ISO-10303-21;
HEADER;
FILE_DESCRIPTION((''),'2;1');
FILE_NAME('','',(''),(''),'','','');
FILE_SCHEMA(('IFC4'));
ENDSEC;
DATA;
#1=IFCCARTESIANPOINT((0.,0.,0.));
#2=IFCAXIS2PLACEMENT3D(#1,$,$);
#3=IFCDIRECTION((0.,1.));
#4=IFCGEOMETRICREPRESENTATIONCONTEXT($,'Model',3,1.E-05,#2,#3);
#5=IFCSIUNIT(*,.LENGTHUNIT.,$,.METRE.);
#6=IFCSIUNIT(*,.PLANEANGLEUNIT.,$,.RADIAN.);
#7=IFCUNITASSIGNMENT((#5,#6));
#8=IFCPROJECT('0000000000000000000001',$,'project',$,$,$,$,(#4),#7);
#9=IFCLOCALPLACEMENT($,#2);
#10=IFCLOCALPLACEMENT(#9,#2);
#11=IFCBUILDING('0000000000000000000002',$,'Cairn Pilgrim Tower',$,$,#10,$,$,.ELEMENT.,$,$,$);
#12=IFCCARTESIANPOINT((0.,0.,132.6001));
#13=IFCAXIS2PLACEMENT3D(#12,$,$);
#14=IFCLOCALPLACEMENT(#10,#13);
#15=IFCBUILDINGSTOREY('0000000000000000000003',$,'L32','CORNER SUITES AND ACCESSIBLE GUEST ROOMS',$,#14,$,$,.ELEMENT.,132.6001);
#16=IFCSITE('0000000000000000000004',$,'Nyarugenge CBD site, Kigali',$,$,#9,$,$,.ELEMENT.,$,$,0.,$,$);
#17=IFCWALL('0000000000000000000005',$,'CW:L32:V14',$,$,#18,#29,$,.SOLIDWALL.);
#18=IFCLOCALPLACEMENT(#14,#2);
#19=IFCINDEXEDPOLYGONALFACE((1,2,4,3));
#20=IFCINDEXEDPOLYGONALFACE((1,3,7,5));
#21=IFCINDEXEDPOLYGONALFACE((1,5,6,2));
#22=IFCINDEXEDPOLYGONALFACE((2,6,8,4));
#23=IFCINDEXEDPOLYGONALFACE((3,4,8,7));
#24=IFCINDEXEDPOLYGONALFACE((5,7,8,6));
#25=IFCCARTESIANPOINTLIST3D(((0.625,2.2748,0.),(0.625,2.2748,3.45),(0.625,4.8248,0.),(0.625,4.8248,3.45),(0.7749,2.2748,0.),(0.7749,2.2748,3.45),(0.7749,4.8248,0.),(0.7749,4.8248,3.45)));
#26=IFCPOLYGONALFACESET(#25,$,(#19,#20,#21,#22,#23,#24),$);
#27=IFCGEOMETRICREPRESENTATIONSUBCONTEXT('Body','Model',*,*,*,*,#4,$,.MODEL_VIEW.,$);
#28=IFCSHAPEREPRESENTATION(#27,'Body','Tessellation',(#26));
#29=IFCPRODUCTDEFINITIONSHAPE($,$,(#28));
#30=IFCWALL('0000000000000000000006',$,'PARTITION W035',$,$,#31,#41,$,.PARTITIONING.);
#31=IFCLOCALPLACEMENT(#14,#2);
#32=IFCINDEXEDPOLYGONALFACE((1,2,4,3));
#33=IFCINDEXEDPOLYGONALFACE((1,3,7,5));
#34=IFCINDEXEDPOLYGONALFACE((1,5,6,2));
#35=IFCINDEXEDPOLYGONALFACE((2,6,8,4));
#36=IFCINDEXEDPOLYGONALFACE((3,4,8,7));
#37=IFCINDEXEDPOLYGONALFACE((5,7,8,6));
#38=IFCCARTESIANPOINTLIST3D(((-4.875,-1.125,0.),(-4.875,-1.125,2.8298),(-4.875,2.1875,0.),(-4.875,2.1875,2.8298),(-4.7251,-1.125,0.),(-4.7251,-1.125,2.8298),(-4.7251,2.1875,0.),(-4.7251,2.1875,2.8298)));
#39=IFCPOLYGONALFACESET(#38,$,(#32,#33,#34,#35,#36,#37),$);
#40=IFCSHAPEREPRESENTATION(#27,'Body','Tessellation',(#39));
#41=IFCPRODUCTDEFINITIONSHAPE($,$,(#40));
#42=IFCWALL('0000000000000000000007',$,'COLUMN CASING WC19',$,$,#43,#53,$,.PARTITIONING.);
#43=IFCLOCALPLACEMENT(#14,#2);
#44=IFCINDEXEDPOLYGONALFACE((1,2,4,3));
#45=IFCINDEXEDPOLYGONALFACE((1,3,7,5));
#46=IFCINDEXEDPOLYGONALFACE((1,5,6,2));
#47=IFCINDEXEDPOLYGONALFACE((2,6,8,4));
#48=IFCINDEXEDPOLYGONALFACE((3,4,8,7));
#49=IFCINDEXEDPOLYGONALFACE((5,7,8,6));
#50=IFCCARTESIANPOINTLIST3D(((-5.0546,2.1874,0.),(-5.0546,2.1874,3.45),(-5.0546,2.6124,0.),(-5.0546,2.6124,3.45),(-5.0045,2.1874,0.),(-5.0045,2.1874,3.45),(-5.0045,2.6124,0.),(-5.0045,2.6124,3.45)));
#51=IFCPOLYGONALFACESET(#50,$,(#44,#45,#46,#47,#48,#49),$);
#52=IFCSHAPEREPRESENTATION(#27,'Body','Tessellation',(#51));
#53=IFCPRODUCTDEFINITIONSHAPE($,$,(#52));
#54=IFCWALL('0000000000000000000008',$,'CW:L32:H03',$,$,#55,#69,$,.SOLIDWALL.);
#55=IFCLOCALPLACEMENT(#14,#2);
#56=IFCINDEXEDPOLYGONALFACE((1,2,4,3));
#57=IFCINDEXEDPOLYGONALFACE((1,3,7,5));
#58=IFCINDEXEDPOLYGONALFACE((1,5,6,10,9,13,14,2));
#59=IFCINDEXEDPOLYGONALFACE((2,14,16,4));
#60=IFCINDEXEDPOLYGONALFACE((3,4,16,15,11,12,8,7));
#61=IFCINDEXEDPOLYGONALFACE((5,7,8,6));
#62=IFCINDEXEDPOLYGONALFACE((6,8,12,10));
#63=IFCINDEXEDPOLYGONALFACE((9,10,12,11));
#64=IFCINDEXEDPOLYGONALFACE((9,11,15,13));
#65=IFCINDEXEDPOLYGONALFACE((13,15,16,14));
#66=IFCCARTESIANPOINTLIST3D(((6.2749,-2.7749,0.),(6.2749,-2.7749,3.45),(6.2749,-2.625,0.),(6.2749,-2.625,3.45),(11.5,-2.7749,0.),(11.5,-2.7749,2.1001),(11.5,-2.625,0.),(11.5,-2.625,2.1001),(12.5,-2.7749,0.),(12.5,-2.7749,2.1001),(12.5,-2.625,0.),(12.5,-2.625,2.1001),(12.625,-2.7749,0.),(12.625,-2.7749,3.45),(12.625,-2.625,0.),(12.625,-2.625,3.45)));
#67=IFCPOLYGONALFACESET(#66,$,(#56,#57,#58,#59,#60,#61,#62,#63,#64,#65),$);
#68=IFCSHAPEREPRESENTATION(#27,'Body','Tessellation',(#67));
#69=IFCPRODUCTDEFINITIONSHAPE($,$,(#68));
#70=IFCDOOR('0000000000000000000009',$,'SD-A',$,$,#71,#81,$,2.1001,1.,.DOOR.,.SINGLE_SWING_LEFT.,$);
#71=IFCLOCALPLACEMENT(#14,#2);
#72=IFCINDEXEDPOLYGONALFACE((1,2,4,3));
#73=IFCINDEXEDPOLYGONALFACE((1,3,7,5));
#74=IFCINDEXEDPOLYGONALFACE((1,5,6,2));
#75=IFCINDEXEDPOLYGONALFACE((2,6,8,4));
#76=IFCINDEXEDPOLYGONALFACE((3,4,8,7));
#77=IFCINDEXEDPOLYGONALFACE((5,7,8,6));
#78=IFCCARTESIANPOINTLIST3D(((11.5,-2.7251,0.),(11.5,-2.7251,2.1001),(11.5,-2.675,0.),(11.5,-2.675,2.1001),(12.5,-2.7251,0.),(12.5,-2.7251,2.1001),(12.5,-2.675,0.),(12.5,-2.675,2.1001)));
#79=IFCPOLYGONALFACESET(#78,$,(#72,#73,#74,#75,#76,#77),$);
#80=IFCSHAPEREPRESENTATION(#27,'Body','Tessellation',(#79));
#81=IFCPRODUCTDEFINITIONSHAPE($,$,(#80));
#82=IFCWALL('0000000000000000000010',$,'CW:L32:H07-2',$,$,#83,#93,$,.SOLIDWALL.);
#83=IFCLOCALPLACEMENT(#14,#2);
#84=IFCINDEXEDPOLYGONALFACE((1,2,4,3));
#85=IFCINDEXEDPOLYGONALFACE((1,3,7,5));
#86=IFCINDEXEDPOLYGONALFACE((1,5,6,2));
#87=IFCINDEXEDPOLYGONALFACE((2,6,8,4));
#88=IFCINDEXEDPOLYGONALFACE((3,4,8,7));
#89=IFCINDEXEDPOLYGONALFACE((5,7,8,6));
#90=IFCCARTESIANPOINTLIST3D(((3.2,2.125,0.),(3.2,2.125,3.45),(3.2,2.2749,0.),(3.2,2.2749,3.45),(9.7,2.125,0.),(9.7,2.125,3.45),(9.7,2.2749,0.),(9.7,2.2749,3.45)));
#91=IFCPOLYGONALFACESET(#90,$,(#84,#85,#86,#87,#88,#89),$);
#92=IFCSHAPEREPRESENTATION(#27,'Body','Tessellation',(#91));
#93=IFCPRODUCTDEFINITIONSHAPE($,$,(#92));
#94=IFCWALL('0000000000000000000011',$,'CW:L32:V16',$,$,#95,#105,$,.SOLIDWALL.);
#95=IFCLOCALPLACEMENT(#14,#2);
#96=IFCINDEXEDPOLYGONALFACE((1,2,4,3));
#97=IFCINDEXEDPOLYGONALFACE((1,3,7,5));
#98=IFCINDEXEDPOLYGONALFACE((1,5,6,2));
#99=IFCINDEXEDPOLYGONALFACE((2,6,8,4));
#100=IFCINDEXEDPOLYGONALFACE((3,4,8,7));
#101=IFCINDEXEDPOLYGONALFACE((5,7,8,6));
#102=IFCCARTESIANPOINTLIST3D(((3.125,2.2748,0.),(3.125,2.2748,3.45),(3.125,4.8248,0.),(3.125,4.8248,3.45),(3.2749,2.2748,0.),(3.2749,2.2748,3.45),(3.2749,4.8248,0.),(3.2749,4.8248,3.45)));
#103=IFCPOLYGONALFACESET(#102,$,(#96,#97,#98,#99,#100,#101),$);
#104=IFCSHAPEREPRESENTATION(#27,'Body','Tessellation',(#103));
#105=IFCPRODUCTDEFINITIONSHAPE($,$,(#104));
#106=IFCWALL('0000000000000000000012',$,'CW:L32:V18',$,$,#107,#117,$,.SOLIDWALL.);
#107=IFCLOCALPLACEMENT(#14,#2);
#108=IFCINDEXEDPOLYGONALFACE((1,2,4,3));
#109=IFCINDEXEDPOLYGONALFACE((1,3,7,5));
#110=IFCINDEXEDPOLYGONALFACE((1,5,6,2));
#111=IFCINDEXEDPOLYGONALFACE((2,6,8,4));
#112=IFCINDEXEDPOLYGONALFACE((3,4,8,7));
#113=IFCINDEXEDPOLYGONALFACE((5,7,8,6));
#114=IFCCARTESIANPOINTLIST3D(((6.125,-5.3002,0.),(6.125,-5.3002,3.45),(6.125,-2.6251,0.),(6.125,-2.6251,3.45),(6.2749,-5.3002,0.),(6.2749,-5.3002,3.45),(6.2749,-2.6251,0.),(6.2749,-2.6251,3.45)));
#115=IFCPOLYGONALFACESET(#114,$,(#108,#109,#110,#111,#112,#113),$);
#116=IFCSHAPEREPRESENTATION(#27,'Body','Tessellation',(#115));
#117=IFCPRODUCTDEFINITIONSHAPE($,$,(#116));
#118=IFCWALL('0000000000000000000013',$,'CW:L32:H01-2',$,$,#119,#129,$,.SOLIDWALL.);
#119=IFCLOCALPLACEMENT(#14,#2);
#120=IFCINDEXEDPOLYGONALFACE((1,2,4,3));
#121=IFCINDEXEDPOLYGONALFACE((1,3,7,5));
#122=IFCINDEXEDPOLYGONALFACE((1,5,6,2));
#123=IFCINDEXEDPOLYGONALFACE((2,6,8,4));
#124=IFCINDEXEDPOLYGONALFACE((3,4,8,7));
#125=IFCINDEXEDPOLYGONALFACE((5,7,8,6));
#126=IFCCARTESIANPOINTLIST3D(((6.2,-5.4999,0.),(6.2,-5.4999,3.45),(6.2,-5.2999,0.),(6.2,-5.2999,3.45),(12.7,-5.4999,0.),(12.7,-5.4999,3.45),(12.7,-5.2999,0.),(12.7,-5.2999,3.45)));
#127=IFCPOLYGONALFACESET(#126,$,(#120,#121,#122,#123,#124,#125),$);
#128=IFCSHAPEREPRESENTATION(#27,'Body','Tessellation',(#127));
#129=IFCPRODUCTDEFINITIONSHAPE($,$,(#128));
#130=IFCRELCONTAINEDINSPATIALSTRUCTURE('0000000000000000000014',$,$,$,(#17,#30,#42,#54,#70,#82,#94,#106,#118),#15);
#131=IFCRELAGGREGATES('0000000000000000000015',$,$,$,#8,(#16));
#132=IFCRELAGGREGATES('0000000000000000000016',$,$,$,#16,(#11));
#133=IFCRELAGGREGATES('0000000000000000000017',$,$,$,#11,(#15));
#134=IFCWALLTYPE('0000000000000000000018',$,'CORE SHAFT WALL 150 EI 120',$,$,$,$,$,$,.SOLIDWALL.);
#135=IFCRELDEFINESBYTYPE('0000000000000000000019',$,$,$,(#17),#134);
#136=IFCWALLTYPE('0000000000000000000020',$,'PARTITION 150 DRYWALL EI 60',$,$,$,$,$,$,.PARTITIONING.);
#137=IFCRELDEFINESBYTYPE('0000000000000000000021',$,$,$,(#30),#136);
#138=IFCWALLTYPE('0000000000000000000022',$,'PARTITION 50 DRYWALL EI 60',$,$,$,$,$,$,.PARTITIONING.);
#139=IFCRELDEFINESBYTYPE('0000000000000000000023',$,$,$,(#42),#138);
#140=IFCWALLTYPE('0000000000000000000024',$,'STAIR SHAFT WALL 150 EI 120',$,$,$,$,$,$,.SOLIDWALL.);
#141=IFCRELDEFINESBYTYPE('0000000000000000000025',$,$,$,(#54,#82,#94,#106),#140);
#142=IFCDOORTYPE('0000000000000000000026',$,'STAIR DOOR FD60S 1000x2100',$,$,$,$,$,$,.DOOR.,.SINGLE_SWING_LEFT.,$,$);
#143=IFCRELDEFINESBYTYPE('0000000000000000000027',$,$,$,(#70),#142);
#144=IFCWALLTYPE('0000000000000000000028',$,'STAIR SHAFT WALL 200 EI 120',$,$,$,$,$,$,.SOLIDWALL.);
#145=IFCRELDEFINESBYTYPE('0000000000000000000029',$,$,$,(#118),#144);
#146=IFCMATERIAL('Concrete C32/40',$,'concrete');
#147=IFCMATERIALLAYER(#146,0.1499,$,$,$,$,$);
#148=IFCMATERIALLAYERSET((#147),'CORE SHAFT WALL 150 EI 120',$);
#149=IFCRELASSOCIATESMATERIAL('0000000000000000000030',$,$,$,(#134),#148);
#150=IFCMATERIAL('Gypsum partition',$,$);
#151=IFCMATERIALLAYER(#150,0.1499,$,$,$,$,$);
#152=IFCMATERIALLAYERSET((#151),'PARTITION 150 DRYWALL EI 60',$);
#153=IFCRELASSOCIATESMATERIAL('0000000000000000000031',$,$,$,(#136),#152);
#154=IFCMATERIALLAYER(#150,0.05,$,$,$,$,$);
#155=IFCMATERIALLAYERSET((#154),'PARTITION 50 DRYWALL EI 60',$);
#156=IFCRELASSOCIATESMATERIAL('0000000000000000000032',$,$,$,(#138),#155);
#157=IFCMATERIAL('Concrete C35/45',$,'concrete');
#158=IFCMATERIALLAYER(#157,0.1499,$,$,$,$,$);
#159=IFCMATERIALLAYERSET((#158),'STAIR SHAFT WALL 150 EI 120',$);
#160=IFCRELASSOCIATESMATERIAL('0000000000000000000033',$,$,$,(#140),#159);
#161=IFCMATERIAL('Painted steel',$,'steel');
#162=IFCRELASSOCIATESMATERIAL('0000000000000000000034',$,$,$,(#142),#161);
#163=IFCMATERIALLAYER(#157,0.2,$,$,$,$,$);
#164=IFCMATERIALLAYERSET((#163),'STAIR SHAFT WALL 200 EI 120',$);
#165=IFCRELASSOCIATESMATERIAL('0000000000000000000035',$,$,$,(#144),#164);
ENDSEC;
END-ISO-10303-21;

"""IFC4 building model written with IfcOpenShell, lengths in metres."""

from ifc_helpers import new_model, si_unit, direction, frame, frame_2d, origin, place, context, subcontext, project, spatial, rectangle, extrude, material, layer, layer_set, type_object, element, fill, save


model = new_model("IFC4")

# Units and contexts
model_context = context("Model", 3, precision=1e-05, world=origin(), true_north=direction((0.0, 1.0)))
body_context = subcontext(model_context, "Body", "Model", "MODEL_VIEW")
ifc_project = project(units=[si_unit("LENGTHUNIT", "METRE"), si_unit("PLANEANGLEUNIT", "RADIAN")], contexts=[model_context])

# Site, building, storey
site_placement = place(None, origin())
site = spatial("IfcSite", under=ifc_project, at=site_placement, Name="Nyarugenge CBD site, Kigali", CompositionType="ELEMENT", RefElevation=0.0)
building_placement = place(site_placement, origin())
building = spatial("IfcBuilding", under=site, at=building_placement, Name="Cairn Pilgrim Tower", CompositionType="ELEMENT")
storey_placement = place(building_placement, frame((0.0, 0.0, 132.6001)))
storey = spatial("IfcBuildingStorey", under=building, at=storey_placement, Name="L32", Description="CORNER SUITES AND ACCESSIBLE GUEST ROOMS", CompositionType="ELEMENT", Elevation=132.6001)

# Shared definitions
ifc_material_1 = material(Name="Concrete C35/45", Category="concrete")

# Shared definitions
ifc_material_2 = material(Name="Concrete C32/40", Category="concrete")

# Shared definitions
ifc_material_3 = material(Name="Painted steel", Category="steel")

# Walls
ifc_layer_1 = layer(ifc_material_2, 0.1499)
ifc_layer_set_1 = layer_set([ifc_layer_1], Name="CORE SHAFT WALL 150 EI 120")
wall_type_1 = type_object("IfcWallType", Name="CORE SHAFT WALL 150 EI 120", PredefinedType="SOLIDWALL", material=ifc_layer_set_1)
wall_1_placement = place(storey_placement, frame((0.7, 2.2749, 0.0), z_axis=(0.0, 0.0, 1.0), x_axis=(0.0, 1.0, 0.0)))
element("IfcWall", 1, at=wall_1_placement, inside=storey, type_object=wall_type_1, Name="CW:L32:V14", PredefinedType="SOLIDWALL", context=body_context, shape_type="SweptSolid", body=[
    extrude(rectangle(XDim=2.55, YDim=0.1499, at=frame_2d((1.2749, 0.0))), origin(), (0.0, 0.0, 1.0), 3.45),
])
ifc_material_4 = material(Name="Gypsum partition")
ifc_layer_2 = layer(ifc_material_4, 0.1499)
ifc_layer_set_2 = layer_set([ifc_layer_2], Name="PARTITION 150 DRYWALL EI 60")
wall_type_2 = type_object("IfcWallType", Name="PARTITION 150 DRYWALL EI 60", PredefinedType="PARTITIONING", material=ifc_layer_set_2)
wall_2_placement = place(storey_placement, frame((-4.8, -1.125, 0.0), z_axis=(0.0, 0.0, 1.0), x_axis=(0.0, 1.0, 0.0)))
element("IfcWall", 2, at=wall_2_placement, inside=storey, type_object=wall_type_2, Name="PARTITION W035", PredefinedType="PARTITIONING", context=body_context, shape_type="SweptSolid", body=[
    extrude(rectangle(XDim=3.3125, YDim=0.1499, at=frame_2d((1.6562, 0.0))), origin(), (0.0, 0.0, 1.0), 2.8298),
])
ifc_layer_3 = layer(ifc_material_4, 0.05)
ifc_layer_set_3 = layer_set([ifc_layer_3], Name="PARTITION 50 DRYWALL EI 60")
wall_type_3 = type_object("IfcWallType", Name="PARTITION 50 DRYWALL EI 60", PredefinedType="PARTITIONING", material=ifc_layer_set_3)
wall_3_placement = place(storey_placement, frame((-5.0295, 2.1875, 0.0), z_axis=(0.0, 0.0, 1.0), x_axis=(0.0, 1.0, 0.0)))
element("IfcWall", 3, at=wall_3_placement, inside=storey, type_object=wall_type_3, Name="COLUMN CASING WC19", PredefinedType="PARTITIONING", context=body_context, shape_type="SweptSolid", body=[
    extrude(rectangle(XDim=0.425, YDim=0.05, at=frame_2d((0.2124, 0.0))), origin(), (0.0, 0.0, 1.0), 3.45),
])

# Wall, opening, door
ifc_layer_4 = layer(ifc_material_1, 0.1499)
ifc_layer_set_4 = layer_set([ifc_layer_4], Name="STAIR SHAFT WALL 150 EI 120")
wall_type_4 = type_object("IfcWallType", Name="STAIR SHAFT WALL 150 EI 120", PredefinedType="SOLIDWALL", material=ifc_layer_set_4)
wall_4_placement = place(storey_placement, frame((6.2749, -2.7, 0.0), z_axis=(0.0, 0.0, 1.0), x_axis=(1.0, 0.0, 0.0)))
wall_4 = element("IfcWall", 4, at=wall_4_placement, inside=storey, type_object=wall_type_4, Name="CW:L32:H03", PredefinedType="SOLIDWALL", context=body_context, shape_type="SweptSolid", body=[
    extrude(rectangle(XDim=6.3501, YDim=0.1499, at=frame_2d((3.175, 0.0))), origin(), (0.0, 0.0, 1.0), 3.45),
])
opening_1_placement = place(wall_4_placement, frame((5.2251, 0.0, 0.0)))
opening_1 = element("IfcOpeningElement", 5, at=opening_1_placement, cuts=wall_4, PredefinedType="OPENING", context=body_context, shape_type="SweptSolid", body=[
    extrude(rectangle(XDim=1.0, YDim=2.1001, at=frame_2d((0.5, 1.05))), frame((0.0, 0.085, 0.0), z_axis=(0.0, -1.0, 0.0), x_axis=(1.0, 0.0, 0.0)), (0.0, 0.0, 1.0), 0.1699),
])
door_type_1 = type_object("IfcDoorType", Name="STAIR DOOR FD60S 1000x2100", OperationType="SINGLE_SWING_LEFT", PredefinedType="DOOR", material=ifc_material_3)
door_1_placement = place(opening_1_placement, origin())
door_1 = element("IfcDoor", 6, at=door_1_placement, inside=storey, type_object=door_type_1, Name="SD-A", OperationType="SINGLE_SWING_LEFT", OverallHeight=2.1001, OverallWidth=1.0, PredefinedType="DOOR", context=body_context, shape_type="SweptSolid", body=[
    extrude(rectangle(XDim=1.0, YDim=2.1001, at=frame_2d((0.5, 1.05))), frame((0.0, 0.0249, 0.0), z_axis=(0.0, -1.0, 0.0), x_axis=(1.0, 0.0, 0.0)), (0.0, 0.0, 1.0), 0.05),
])
fill(opening_1, door_1)

# Walls
wall_5_placement = place(storey_placement, frame((3.2, 2.2, 0.0), z_axis=(0.0, 0.0, 1.0), x_axis=(1.0, 0.0, 0.0)))
element("IfcWall", 7, at=wall_5_placement, inside=storey, type_object=wall_type_4, Name="CW:L32:H07-2", PredefinedType="SOLIDWALL", context=body_context, shape_type="SweptSolid", body=[
    extrude(rectangle(XDim=6.5, YDim=0.1499, at=frame_2d((3.25, 0.0))), origin(), (0.0, 0.0, 1.0), 3.45),
])
wall_6_placement = place(storey_placement, frame((3.2, 2.2749, 0.0), z_axis=(0.0, 0.0, 1.0), x_axis=(0.0, 1.0, 0.0)))
element("IfcWall", 8, at=wall_6_placement, inside=storey, type_object=wall_type_4, Name="CW:L32:V16", PredefinedType="SOLIDWALL", context=body_context, shape_type="SweptSolid", body=[
    extrude(rectangle(XDim=2.55, YDim=0.1499, at=frame_2d((1.2749, 0.0))), origin(), (0.0, 0.0, 1.0), 3.45),
])
wall_7_placement = place(storey_placement, frame((6.2, -5.3, 0.0), z_axis=(0.0, 0.0, 1.0), x_axis=(0.0, 1.0, 0.0)))
element("IfcWall", 9, at=wall_7_placement, inside=storey, type_object=wall_type_4, Name="CW:L32:V18", PredefinedType="SOLIDWALL", context=body_context, shape_type="SweptSolid", body=[
    extrude(rectangle(XDim=2.675, YDim=0.1499, at=frame_2d((1.3374, 0.0))), origin(), (0.0, 0.0, 1.0), 3.45),
])
ifc_layer_5 = layer(ifc_material_1, 0.2)
ifc_layer_set_5 = layer_set([ifc_layer_5], Name="STAIR SHAFT WALL 200 EI 120")
wall_type_5 = type_object("IfcWallType", Name="STAIR SHAFT WALL 200 EI 120", PredefinedType="SOLIDWALL", material=ifc_layer_set_5)
wall_8_placement = place(storey_placement, frame((6.2, -5.3999, 0.0), z_axis=(0.0, 0.0, 1.0), x_axis=(1.0, 0.0, 0.0)))
element("IfcWall", 10, at=wall_8_placement, inside=storey, type_object=wall_type_5, Name="CW:L32:H01-2", PredefinedType="SOLIDWALL", context=body_context, shape_type="SweptSolid", body=[
    extrude(rectangle(XDim=6.5, YDim=0.2, at=frame_2d((3.25, 0.0))), origin(), (0.0, 0.0, 1.0), 3.45),
])

save(model, "model.ifc")
